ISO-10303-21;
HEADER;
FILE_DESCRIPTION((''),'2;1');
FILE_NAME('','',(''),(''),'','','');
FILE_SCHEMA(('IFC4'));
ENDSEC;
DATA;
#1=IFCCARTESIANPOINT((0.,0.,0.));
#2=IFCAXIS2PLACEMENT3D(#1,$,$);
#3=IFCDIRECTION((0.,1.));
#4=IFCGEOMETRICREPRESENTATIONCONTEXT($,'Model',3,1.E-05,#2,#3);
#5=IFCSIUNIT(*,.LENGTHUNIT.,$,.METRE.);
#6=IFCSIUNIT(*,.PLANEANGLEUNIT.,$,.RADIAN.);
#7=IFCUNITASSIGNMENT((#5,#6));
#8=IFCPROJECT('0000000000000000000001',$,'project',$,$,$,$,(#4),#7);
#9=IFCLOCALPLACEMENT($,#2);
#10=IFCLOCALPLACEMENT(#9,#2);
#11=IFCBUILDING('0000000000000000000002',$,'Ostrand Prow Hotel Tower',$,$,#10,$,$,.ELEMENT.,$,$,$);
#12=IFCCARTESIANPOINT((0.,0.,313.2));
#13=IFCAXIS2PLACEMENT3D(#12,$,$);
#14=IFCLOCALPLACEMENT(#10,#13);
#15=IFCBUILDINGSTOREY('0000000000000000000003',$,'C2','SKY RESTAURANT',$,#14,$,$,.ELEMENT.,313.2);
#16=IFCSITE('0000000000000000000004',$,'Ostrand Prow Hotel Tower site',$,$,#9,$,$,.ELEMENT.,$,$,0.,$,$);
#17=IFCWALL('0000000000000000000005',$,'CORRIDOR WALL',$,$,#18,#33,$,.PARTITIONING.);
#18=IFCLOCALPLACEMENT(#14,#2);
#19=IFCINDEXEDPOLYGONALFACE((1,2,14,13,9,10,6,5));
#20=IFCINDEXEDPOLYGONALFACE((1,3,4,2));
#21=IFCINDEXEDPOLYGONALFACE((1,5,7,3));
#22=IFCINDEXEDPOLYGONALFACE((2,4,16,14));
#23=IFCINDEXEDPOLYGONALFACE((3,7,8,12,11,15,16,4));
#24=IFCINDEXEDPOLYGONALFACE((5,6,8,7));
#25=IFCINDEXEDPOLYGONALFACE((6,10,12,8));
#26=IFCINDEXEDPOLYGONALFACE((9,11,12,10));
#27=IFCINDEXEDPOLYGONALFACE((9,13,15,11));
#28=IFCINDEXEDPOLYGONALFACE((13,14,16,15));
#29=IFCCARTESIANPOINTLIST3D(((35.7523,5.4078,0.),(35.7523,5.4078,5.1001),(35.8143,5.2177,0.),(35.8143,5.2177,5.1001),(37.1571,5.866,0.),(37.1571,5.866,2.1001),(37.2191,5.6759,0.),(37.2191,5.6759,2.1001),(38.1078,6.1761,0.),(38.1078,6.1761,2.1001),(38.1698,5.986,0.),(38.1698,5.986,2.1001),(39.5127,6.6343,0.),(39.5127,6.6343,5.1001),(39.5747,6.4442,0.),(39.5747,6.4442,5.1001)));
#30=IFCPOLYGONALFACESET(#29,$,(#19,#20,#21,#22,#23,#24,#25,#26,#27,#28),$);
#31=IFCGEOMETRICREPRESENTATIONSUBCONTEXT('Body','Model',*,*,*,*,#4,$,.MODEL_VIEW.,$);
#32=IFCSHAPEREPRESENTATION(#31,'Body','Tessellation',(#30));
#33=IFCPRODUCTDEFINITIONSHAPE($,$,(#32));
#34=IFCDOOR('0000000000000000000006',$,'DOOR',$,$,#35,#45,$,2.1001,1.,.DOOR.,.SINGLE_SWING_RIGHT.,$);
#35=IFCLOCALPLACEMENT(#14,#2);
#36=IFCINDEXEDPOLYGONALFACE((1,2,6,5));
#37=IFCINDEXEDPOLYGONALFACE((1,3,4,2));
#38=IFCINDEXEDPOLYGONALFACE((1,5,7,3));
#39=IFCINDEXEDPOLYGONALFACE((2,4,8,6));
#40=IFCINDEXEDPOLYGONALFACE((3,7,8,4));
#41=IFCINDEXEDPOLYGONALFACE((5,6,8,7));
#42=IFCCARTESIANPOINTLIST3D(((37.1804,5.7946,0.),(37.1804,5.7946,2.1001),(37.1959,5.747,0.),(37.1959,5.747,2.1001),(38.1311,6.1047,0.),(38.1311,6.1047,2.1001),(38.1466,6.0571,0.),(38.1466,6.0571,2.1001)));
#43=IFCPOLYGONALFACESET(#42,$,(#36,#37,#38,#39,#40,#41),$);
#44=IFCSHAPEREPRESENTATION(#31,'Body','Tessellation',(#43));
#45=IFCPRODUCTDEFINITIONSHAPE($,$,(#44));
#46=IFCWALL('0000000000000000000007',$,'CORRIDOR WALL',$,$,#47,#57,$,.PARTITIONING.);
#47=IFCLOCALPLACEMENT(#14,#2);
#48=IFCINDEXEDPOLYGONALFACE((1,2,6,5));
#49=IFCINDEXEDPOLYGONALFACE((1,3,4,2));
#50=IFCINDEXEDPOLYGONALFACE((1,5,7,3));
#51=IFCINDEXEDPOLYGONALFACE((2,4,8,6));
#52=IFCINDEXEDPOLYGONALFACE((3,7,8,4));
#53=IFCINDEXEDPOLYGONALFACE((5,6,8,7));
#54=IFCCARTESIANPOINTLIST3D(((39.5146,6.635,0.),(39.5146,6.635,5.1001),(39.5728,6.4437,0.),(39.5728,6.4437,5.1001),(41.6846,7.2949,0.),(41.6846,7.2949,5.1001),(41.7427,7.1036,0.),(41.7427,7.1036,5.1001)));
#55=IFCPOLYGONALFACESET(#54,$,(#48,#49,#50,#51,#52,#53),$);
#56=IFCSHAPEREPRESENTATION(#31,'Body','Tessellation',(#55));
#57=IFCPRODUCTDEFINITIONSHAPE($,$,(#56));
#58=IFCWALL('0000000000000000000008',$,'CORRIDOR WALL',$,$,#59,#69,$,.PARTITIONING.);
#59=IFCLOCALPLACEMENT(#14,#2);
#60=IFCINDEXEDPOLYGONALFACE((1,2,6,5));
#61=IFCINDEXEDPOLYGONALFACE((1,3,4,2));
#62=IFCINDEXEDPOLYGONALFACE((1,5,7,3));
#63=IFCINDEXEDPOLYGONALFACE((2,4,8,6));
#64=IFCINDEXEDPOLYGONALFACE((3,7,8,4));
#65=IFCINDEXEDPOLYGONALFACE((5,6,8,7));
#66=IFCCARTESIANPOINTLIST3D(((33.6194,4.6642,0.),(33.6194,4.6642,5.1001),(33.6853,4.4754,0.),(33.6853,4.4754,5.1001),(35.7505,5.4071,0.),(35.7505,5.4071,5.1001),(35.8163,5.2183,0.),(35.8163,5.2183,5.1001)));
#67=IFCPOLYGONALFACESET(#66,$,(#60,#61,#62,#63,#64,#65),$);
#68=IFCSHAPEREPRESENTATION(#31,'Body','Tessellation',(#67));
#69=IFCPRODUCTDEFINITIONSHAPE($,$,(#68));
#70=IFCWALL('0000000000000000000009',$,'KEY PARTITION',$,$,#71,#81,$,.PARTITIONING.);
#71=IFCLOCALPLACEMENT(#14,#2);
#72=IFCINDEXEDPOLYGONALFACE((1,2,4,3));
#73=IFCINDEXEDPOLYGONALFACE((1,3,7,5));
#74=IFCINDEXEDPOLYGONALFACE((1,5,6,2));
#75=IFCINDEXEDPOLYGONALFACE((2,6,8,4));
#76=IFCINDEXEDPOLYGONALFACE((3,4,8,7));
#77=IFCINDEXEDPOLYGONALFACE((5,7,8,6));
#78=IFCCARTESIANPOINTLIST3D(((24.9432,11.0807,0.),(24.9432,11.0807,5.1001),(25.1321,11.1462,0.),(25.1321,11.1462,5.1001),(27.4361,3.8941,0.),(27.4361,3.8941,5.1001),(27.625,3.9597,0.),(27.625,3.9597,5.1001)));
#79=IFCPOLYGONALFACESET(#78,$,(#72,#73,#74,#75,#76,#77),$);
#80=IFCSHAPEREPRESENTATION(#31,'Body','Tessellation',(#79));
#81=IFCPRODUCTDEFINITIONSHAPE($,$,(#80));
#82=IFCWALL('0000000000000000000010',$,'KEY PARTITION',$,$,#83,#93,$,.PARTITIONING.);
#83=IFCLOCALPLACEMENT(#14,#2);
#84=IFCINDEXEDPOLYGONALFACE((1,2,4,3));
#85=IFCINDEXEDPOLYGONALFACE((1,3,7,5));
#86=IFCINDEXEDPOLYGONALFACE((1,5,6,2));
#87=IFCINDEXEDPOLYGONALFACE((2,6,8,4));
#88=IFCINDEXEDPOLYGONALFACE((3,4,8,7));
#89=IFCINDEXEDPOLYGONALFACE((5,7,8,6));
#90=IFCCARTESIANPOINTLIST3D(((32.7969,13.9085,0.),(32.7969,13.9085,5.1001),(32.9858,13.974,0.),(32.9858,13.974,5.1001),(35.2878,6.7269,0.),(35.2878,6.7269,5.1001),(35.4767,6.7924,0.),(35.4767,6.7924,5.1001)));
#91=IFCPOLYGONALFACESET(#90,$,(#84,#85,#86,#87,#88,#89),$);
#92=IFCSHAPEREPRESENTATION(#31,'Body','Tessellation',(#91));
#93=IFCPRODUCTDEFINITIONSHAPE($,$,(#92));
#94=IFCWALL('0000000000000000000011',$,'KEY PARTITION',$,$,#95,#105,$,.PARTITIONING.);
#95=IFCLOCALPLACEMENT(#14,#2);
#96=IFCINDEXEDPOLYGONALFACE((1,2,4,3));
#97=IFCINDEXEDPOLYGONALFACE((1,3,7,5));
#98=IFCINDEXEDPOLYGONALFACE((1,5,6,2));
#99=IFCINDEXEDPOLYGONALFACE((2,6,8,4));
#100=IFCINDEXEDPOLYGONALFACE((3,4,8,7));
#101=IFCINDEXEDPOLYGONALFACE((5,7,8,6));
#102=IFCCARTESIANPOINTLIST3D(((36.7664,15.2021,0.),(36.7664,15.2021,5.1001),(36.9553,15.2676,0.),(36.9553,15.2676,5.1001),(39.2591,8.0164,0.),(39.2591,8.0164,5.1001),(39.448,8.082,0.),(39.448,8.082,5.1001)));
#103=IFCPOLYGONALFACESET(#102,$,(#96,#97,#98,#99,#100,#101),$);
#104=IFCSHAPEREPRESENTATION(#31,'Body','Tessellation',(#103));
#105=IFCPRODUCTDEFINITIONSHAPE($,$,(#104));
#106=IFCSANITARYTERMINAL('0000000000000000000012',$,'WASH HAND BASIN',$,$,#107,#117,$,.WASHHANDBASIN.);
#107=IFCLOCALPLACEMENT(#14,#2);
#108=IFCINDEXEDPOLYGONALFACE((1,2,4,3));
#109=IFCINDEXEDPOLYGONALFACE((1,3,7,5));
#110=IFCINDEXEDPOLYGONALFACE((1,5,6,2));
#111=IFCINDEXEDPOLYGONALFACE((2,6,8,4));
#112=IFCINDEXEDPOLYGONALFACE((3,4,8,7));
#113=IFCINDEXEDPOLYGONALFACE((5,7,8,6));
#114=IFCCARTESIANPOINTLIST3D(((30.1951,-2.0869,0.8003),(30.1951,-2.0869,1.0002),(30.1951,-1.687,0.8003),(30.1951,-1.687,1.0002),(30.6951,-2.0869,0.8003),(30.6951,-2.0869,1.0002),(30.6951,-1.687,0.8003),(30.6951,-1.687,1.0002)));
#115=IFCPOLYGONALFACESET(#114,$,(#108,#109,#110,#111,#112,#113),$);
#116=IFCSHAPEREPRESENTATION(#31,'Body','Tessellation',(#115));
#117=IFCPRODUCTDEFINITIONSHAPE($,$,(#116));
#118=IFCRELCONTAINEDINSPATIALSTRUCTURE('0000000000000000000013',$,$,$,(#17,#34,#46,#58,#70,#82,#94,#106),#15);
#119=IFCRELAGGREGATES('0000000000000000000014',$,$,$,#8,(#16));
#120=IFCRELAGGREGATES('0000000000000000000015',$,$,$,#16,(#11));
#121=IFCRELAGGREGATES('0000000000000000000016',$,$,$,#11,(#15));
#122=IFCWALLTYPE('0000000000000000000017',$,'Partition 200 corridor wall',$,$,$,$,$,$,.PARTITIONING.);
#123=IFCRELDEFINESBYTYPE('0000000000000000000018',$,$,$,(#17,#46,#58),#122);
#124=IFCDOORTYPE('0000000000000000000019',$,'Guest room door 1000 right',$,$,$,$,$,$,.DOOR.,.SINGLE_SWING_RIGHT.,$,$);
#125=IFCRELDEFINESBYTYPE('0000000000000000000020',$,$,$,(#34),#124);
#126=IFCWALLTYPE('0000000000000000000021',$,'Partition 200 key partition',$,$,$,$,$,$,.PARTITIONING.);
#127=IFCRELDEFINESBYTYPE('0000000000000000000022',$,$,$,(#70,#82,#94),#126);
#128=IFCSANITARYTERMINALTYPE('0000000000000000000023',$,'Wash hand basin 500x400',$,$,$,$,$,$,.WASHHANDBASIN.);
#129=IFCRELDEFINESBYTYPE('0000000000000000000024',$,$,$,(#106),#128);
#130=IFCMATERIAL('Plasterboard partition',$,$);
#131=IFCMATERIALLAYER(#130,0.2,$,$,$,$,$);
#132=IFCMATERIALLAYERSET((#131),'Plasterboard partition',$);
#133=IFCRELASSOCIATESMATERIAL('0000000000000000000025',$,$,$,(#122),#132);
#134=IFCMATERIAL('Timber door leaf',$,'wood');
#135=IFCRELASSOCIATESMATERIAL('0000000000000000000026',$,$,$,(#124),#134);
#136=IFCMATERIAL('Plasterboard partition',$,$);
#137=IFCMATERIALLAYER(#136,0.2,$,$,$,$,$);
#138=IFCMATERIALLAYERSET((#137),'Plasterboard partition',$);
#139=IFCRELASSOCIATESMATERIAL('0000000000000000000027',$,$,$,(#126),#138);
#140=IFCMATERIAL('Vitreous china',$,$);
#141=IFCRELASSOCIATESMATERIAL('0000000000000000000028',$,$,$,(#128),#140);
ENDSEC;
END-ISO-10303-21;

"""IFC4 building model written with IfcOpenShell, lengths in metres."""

from ifc_helpers import new_model, si_unit, direction, frame, frame_2d, origin, origin_2d, place, context, subcontext, project, spatial, rectangle, extrude, material, layer, layer_set, type_object, element, fill, save


model = new_model("IFC4")

# Units and contexts
model_context = context("Model", 3, precision=1e-05, world=origin(), true_north=direction((0.0, 1.0)))
body_context = subcontext(model_context, "Body", "Model", "MODEL_VIEW")
ifc_project = project(units=[si_unit("LENGTHUNIT", "METRE"), si_unit("PLANEANGLEUNIT", "RADIAN")], contexts=[model_context])

# Site, building, storey
site_placement = place(None, origin())
site = spatial("IfcSite", under=ifc_project, at=site_placement, Name="Ostrand Prow Hotel Tower site", CompositionType="ELEMENT", RefElevation=0.0)
building_placement = place(site_placement, origin())
building = spatial("IfcBuilding", under=site, at=building_placement, Name="Ostrand Prow Hotel Tower", CompositionType="ELEMENT")
storey_placement = place(building_placement, frame((0.0, 0.0, 313.2)))
storey = spatial("IfcBuildingStorey", under=building, at=storey_placement, Name="C2", Description="SKY RESTAURANT", CompositionType="ELEMENT", Elevation=313.2)

# Shared definitions
ifc_material_1 = material(Name="Plasterboard partition")
ifc_layer_1 = layer(ifc_material_1, 0.2)
ifc_layer_set_1 = layer_set([ifc_layer_1], Name="Plasterboard partition")
wall_type_1 = type_object("IfcWallType", Name="Partition 200 corridor wall", PredefinedType="PARTITIONING", material=ifc_layer_set_1)

# Wall, opening, door
wall_1_placement = place(storey_placement, frame((35.7834, 5.3127, 0.0), z_axis=(0.0, 0.0, 1.0), x_axis=(0.950701, 0.31011, 0.0)))
wall_1 = element("IfcWall", 1, at=wall_1_placement, inside=storey, type_object=wall_type_1, Name="CORRIDOR WALL", PredefinedType="PARTITIONING", context=body_context, shape_type="SweptSolid", body=[
    extrude(rectangle(XDim=3.9553, YDim=0.2, at=frame_2d((1.9775, 0.0))), origin(), (0.0, 0.0, 1.0), 5.1001),
])
opening_1_placement = place(wall_1_placement, frame((1.4775, 0.0, 0.0)))
opening_1 = element("IfcOpeningElement", 2, at=opening_1_placement, cuts=wall_1, PredefinedType="OPENING", context=body_context, shape_type="SweptSolid", body=[
    extrude(rectangle(XDim=1.0, YDim=2.1001, at=frame_2d((0.5, 1.05))), frame((0.0, 0.1099, 0.0), z_axis=(0.0, -1.0, 0.0), x_axis=(1.0, 0.0, 0.0)), (0.0, 0.0, 1.0), 0.22),
])
ifc_material_2 = material(Name="Timber door leaf", Category="wood")
door_type_1 = type_object("IfcDoorType", Name="Guest room door 1000 right", OperationType="SINGLE_SWING_RIGHT", PredefinedType="DOOR", material=ifc_material_2)
door_1_placement = place(opening_1_placement, origin())
door_1 = element("IfcDoor", 3, at=door_1_placement, inside=storey, type_object=door_type_1, Name="DOOR", OperationType="SINGLE_SWING_RIGHT", OverallHeight=2.1001, OverallWidth=1.0, PredefinedType="DOOR", context=body_context, shape_type="SweptSolid", body=[
    extrude(rectangle(XDim=1.0, YDim=2.1001, at=frame_2d((0.5, 1.05))), frame((0.0, 0.0249, 0.0), z_axis=(0.0, -1.0, 0.0), x_axis=(1.0, 0.0, 0.0)), (0.0, 0.0, 1.0), 0.05),
])
fill(opening_1, door_1)

# Walls
wall_2_placement = place(storey_placement, frame((39.5437, 6.5393, 0.0), z_axis=(0.0, 0.0, 1.0), x_axis=(0.956735, 0.29096, 0.0)))
element("IfcWall", 4, at=wall_2_placement, inside=storey, type_object=wall_type_1, Name="CORRIDOR WALL", PredefinedType="PARTITIONING", context=body_context, shape_type="SweptSolid", body=[
    extrude(rectangle(XDim=2.2681, YDim=0.2, at=frame_2d((1.134, 0.0))), origin(), (0.0, 0.0, 1.0), 5.1001),
])
wall_3_placement = place(storey_placement, frame((33.6523, 4.5698, 0.0), z_axis=(0.0, 0.0, 1.0), x_axis=(0.944267, 0.329179, 0.0)))
element("IfcWall", 5, at=wall_3_placement, inside=storey, type_object=wall_type_1, Name="CORRIDOR WALL", PredefinedType="PARTITIONING", context=body_context, shape_type="SweptSolid", body=[
    extrude(rectangle(XDim=2.2568, YDim=0.2, at=frame_2d((1.1284, 0.0))), origin(), (0.0, 0.0, 1.0), 5.1001),
])
ifc_material_3 = material(Name="Plasterboard partition")
ifc_layer_2 = layer(ifc_material_3, 0.2)
ifc_layer_set_2 = layer_set([ifc_layer_2], Name="Plasterboard partition")
wall_type_2 = type_object("IfcWallType", Name="Partition 200 key partition", PredefinedType="PARTITIONING", material=ifc_layer_set_2)
wall_4_placement = place(storey_placement, frame((27.5305, 3.927, 0.0), z_axis=(0.0, 0.0, 1.0), x_axis=(-0.32773, 0.944771, 0.0)))
element("IfcWall", 6, at=wall_4_placement, inside=storey, type_object=wall_type_2, Name="KEY PARTITION", PredefinedType="PARTITIONING", context=body_context, shape_type="SweptSolid", body=[
    extrude(rectangle(XDim=7.6067, YDim=0.2, at=frame_2d((3.8032, 0.0))), origin(), (0.0, 0.0, 1.0), 5.1001),
])
wall_5_placement = place(storey_placement, frame((35.3823, 6.7595, 0.0), z_axis=(0.0, 0.0, 1.0), x_axis=(-0.3277, 0.944782, 0.0)))
element("IfcWall", 7, at=wall_5_placement, inside=storey, type_object=wall_type_2, Name="KEY PARTITION", PredefinedType="PARTITIONING", context=body_context, shape_type="SweptSolid", body=[
    extrude(rectangle(XDim=7.6013, YDim=0.2, at=frame_2d((3.8008, 0.0))), origin(), (0.0, 0.0, 1.0), 5.1001),
])
wall_6_placement = place(storey_placement, frame((39.3535, 8.0493, 0.0), z_axis=(0.0, 0.0, 1.0), x_axis=(-0.327741, 0.944768, 0.0)))
element("IfcWall", 8, at=wall_6_placement, inside=storey, type_object=wall_type_2, Name="KEY PARTITION", PredefinedType="PARTITIONING", context=body_context, shape_type="SweptSolid", body=[
    extrude(rectangle(XDim=7.6057, YDim=0.2, at=frame_2d((3.8027, 0.0))), origin(), (0.0, 0.0, 1.0), 5.1001),
])

# Sanitary terminal
ifc_material_4 = material(Name="Vitreous china")
sanitary_terminal_type = type_object("IfcSanitaryTerminalType", Name="Wash hand basin 500x400", PredefinedType="WASHHANDBASIN", material=ifc_material_4)
sanitary_terminal_placement = place(storey_placement, frame((30.4451, -1.887, 0.8003), z_axis=(0.0, 0.0, 1.0), x_axis=(1.0, 0.0, 0.0)))
element("IfcSanitaryTerminal", 9, at=sanitary_terminal_placement, inside=storey, type_object=sanitary_terminal_type, Name="WASH HAND BASIN", PredefinedType="WASHHANDBASIN", context=body_context, shape_type="SweptSolid", body=[
    extrude(rectangle(XDim=0.5, YDim=0.3999, at=origin_2d()), origin(), (0.0, 0.0, 1.0), 0.2),
])

save(model, "model.ifc")
